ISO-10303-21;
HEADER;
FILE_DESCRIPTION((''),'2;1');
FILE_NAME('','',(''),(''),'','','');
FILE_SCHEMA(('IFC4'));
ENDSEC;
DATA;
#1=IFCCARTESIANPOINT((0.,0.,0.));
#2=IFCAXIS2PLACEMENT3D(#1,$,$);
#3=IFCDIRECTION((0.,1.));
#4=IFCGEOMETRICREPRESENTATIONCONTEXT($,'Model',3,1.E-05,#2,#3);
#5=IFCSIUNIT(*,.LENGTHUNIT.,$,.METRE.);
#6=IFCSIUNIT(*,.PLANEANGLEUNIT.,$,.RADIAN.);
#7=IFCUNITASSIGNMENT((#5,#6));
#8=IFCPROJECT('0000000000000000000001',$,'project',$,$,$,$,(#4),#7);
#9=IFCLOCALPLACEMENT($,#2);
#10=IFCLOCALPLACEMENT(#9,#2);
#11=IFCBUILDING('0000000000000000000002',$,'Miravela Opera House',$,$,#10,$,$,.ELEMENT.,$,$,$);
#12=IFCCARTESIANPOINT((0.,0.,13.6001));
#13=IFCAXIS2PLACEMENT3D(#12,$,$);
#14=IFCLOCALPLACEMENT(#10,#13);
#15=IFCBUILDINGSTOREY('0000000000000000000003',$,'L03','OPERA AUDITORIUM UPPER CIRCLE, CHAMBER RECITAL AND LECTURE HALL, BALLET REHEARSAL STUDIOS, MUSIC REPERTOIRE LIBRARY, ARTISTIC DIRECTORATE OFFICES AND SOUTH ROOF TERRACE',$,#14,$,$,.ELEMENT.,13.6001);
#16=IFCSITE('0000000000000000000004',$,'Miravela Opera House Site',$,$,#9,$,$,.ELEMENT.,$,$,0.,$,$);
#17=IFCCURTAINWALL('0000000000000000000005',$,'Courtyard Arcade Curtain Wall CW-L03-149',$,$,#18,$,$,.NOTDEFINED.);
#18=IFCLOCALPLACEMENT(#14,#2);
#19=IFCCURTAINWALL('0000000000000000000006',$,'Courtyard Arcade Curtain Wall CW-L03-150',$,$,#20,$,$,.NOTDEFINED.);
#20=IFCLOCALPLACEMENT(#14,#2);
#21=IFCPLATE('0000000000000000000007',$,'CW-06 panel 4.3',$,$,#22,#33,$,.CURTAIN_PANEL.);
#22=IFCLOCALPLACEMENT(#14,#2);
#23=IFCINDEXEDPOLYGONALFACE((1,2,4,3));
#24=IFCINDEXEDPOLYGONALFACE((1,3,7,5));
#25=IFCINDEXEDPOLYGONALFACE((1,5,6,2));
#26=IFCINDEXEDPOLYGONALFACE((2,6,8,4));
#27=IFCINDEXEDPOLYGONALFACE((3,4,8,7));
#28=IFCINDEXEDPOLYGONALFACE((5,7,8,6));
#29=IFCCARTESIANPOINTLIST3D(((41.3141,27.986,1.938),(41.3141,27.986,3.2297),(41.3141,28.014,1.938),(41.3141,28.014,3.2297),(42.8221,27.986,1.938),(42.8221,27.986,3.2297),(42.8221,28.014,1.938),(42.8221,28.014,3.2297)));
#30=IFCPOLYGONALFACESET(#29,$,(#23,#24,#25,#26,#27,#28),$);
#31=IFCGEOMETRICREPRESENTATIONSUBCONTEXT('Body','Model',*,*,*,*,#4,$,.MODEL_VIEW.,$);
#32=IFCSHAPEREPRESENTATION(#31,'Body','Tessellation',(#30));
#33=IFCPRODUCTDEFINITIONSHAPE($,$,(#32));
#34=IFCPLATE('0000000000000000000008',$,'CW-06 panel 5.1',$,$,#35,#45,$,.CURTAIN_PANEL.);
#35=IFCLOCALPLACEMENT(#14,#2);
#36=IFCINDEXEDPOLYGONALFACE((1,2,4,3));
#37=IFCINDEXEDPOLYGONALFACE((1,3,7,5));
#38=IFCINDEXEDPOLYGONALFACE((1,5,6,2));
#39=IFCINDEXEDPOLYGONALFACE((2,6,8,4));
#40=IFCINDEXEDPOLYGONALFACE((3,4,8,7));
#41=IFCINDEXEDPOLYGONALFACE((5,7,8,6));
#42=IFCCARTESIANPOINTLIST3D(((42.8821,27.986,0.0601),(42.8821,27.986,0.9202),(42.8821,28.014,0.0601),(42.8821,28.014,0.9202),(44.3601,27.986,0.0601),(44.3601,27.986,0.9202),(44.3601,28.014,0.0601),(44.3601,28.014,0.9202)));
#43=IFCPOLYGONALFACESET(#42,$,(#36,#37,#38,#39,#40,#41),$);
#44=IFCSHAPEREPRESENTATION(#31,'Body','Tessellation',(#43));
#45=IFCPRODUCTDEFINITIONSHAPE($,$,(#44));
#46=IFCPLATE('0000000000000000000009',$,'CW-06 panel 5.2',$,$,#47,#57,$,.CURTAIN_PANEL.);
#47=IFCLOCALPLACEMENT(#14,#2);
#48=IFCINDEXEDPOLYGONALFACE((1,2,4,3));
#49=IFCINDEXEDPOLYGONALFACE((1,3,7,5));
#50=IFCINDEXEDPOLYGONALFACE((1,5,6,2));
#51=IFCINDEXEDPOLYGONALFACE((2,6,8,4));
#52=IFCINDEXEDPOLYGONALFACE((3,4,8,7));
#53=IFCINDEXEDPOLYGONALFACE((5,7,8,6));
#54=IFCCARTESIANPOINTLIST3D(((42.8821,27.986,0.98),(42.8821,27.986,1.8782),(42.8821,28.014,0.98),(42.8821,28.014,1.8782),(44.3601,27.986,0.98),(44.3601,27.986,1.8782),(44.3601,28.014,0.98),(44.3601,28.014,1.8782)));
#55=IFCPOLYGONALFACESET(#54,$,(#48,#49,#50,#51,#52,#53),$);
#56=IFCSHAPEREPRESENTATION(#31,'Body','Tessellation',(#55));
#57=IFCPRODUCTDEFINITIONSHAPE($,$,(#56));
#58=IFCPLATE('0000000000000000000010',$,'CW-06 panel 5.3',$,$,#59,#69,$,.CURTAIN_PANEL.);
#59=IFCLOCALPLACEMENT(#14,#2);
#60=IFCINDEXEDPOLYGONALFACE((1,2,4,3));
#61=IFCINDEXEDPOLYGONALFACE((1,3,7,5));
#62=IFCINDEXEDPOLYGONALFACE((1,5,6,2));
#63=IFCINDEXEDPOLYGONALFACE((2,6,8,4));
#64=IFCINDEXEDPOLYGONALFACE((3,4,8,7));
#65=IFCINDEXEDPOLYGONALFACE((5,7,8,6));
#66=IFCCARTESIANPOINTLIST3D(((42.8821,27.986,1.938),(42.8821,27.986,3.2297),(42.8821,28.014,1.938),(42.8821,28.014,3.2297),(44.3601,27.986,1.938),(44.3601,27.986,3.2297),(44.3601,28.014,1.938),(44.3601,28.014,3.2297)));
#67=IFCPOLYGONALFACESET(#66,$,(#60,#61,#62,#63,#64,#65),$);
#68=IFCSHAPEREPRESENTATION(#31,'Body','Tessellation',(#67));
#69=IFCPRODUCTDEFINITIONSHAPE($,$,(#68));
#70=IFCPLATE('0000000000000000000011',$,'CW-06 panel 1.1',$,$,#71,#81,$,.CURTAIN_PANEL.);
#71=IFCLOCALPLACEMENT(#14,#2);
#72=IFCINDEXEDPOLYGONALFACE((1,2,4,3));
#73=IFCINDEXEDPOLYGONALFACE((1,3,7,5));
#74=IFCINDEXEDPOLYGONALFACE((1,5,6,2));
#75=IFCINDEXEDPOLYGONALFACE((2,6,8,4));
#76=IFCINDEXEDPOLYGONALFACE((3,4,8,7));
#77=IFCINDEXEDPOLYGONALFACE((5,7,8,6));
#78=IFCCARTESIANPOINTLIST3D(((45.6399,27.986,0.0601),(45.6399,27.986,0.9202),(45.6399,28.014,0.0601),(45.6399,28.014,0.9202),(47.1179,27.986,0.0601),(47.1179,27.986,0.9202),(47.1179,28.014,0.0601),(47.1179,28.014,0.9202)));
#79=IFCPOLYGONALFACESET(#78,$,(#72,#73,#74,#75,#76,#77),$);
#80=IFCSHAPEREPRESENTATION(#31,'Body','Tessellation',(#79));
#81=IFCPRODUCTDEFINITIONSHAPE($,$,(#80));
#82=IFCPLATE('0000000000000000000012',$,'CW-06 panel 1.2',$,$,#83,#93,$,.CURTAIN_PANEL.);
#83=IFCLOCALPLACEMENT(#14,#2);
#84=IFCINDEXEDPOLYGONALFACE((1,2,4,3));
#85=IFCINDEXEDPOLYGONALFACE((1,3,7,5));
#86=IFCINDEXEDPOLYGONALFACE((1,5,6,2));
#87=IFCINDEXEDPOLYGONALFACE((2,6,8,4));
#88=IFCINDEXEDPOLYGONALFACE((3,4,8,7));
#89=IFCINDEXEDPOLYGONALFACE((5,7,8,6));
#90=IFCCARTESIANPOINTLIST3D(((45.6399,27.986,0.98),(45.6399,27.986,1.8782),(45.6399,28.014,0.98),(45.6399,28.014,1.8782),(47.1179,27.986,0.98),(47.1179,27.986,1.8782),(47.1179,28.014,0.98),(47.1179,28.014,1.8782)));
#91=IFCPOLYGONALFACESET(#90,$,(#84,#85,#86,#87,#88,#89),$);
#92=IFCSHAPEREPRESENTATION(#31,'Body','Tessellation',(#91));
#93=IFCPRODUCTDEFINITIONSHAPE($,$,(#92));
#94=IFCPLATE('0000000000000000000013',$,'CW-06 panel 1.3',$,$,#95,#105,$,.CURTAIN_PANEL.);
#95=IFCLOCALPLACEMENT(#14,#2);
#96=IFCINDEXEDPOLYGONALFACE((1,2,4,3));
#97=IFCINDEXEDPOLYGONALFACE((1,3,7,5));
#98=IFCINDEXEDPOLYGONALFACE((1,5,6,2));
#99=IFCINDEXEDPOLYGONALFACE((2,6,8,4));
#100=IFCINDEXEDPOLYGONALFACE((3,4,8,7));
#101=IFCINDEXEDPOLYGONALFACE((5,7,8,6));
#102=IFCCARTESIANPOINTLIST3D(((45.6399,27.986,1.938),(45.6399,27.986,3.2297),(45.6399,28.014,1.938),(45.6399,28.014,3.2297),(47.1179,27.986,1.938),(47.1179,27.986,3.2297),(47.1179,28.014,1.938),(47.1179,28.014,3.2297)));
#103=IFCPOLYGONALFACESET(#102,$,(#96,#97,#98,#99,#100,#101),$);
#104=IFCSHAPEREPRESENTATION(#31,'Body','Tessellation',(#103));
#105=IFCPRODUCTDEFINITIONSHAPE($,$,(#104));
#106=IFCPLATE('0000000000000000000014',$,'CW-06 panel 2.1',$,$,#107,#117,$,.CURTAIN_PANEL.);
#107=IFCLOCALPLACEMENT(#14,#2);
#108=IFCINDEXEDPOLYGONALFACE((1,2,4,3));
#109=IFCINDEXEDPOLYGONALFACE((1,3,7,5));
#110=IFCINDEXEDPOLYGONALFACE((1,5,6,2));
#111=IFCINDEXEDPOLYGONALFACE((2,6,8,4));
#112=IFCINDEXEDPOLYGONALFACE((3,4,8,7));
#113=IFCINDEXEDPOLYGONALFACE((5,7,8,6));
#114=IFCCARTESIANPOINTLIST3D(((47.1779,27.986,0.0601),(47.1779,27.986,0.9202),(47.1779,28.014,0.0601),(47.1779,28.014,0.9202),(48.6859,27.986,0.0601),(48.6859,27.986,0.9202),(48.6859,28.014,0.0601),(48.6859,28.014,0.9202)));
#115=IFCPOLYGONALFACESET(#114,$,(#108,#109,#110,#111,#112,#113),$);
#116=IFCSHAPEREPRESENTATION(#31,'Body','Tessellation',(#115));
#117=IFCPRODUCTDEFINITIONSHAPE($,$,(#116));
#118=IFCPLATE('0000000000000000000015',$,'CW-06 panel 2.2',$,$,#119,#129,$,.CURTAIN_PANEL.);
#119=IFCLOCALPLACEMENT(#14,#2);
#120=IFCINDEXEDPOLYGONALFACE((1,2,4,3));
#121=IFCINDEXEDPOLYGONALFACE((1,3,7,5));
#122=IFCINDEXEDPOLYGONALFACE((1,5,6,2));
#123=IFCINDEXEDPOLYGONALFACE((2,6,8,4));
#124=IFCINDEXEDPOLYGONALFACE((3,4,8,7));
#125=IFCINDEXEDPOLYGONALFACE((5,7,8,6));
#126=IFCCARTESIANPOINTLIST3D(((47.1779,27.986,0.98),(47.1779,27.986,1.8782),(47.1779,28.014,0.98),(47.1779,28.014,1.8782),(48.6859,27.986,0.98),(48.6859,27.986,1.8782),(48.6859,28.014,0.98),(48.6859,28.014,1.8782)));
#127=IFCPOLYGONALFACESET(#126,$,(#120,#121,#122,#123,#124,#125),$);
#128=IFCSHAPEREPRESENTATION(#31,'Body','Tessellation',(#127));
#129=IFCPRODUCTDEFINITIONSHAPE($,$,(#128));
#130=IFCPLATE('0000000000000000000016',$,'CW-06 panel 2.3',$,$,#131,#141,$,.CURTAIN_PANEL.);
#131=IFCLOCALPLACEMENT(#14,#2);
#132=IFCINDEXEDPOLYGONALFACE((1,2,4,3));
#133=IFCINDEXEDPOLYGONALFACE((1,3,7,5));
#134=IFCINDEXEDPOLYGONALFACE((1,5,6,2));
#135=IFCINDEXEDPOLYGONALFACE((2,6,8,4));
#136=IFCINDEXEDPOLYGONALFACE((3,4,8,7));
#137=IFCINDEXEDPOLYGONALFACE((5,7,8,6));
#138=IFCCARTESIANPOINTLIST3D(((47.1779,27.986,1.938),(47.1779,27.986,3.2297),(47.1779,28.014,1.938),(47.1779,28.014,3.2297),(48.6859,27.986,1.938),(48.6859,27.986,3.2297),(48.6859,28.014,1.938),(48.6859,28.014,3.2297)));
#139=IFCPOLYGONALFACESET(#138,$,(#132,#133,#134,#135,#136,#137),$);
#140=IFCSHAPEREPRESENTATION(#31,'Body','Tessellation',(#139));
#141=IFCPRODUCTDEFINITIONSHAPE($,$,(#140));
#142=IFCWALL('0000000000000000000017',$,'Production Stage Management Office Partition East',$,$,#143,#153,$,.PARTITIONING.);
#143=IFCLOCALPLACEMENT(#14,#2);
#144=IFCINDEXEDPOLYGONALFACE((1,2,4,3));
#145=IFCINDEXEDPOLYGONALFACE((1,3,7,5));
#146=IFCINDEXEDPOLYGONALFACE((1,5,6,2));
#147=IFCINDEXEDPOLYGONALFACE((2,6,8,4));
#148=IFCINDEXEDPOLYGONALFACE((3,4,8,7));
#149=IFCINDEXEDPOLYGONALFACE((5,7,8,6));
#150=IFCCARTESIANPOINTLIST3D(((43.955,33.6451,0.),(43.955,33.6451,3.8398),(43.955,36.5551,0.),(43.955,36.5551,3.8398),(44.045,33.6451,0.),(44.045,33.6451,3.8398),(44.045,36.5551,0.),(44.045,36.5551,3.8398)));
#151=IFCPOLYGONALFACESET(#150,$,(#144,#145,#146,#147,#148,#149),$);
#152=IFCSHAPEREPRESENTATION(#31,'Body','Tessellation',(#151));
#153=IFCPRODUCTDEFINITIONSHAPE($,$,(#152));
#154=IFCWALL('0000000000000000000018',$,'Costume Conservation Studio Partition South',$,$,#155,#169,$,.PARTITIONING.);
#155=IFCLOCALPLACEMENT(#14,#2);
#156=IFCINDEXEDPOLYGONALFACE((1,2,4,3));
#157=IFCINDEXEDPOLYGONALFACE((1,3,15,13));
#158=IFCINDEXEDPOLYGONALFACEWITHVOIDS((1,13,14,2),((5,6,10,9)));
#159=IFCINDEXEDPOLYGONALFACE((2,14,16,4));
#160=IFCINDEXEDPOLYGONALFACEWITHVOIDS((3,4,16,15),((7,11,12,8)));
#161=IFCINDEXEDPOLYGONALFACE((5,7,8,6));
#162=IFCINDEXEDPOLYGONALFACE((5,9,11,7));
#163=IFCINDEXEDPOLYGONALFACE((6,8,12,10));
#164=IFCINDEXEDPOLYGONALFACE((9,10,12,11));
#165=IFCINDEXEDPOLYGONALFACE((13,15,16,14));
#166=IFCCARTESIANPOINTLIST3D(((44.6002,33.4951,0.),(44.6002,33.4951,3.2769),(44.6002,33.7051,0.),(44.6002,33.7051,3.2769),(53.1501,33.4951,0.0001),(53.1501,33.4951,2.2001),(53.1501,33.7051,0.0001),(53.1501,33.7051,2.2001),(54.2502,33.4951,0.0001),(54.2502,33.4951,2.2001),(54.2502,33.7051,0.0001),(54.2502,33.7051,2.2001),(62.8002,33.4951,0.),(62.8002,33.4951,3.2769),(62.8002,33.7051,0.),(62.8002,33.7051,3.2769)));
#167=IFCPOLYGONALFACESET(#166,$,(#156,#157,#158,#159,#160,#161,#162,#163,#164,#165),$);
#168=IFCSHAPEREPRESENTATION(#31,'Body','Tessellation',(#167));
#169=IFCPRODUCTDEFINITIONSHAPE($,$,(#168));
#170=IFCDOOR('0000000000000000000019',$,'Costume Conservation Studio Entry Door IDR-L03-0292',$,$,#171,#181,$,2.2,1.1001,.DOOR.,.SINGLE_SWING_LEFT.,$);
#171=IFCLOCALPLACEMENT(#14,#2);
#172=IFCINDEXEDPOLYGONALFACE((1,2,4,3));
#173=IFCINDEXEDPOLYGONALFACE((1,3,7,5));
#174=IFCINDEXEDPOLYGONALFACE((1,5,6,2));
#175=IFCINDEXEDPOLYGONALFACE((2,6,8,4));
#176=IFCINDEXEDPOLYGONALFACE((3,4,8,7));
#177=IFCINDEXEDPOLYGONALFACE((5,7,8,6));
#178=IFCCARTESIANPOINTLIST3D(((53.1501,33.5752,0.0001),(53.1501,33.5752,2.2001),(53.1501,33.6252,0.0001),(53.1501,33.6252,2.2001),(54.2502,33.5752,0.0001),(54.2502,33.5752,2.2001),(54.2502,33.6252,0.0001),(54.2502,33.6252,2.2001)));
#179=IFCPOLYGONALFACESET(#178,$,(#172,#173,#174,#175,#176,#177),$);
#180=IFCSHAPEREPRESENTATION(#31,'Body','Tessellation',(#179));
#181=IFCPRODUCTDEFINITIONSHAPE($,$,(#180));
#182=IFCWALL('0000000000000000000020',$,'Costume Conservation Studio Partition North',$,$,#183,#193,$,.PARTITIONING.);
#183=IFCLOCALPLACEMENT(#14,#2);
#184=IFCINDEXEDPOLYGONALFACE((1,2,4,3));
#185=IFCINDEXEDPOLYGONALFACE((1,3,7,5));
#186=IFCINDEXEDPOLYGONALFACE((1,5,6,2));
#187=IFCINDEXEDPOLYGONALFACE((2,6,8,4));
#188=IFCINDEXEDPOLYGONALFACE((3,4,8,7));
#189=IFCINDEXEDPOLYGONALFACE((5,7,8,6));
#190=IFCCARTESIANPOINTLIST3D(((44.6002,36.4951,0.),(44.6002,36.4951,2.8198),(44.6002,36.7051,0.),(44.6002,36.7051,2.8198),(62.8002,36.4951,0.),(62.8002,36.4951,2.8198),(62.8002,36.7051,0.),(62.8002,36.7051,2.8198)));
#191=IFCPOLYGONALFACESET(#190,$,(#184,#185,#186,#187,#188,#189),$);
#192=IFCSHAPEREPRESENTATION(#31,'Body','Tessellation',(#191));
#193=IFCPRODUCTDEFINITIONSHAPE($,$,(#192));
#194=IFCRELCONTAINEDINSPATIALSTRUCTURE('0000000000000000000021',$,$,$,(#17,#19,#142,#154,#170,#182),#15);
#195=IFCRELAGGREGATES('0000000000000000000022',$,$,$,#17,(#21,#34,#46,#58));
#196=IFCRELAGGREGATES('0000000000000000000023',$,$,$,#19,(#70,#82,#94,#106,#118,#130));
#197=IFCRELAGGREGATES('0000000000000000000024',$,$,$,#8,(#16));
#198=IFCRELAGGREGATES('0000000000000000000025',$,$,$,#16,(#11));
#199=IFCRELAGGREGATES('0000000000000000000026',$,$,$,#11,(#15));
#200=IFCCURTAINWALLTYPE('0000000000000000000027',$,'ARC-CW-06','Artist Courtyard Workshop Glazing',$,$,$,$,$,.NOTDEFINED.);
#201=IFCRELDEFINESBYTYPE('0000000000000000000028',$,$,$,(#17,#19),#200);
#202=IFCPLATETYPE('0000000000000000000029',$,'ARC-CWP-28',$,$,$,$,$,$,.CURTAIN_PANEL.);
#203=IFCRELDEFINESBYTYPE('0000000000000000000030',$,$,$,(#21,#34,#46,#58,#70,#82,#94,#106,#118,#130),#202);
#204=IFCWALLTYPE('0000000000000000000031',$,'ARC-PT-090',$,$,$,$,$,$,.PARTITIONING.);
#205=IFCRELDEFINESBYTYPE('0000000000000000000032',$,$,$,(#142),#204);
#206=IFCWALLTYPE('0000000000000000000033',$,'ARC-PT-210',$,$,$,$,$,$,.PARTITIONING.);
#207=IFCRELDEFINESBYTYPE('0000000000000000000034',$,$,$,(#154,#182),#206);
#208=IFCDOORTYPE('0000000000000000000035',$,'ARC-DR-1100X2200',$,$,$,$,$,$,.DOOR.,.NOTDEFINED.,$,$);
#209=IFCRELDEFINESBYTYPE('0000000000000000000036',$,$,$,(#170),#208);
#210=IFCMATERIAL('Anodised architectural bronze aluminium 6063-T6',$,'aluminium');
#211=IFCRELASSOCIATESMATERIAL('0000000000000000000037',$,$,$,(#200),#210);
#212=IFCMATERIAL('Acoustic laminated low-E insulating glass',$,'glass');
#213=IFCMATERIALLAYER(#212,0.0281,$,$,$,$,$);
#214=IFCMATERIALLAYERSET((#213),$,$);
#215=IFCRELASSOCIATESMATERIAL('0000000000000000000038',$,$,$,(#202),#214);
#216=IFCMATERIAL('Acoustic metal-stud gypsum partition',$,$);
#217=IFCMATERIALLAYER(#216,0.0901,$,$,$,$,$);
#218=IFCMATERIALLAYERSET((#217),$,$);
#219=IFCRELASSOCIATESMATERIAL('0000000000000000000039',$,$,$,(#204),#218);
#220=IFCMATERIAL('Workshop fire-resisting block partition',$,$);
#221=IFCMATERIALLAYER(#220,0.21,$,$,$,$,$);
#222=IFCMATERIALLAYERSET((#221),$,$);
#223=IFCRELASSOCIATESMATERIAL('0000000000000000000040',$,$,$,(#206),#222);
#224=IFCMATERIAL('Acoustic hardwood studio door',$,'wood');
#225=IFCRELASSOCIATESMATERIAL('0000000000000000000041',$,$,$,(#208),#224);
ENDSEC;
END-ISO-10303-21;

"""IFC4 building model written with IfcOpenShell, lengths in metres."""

from ifc_helpers import new_model, si_unit, direction, frame, frame_2d, origin, origin_2d, place, context, subcontext, project, spatial, rectangle, extrude, material, layer, layer_set, type_object, element, fill, aggregate, save


model = new_model("IFC4")

# Units and contexts
model_context = context("Model", 3, precision=1e-05, world=origin(), true_north=direction((0.0, 1.0)))
body_context = subcontext(model_context, "Body", "Model", "MODEL_VIEW")
ifc_project = project(units=[si_unit("LENGTHUNIT", "METRE"), si_unit("PLANEANGLEUNIT", "RADIAN")], contexts=[model_context])

# Site, building, storey
site_placement = place(None, origin())
site = spatial("IfcSite", under=ifc_project, at=site_placement, Name="Miravela Opera House Site", CompositionType="ELEMENT", RefElevation=0.0)
building_placement = place(site_placement, origin())
building = spatial("IfcBuilding", under=site, at=building_placement, Name="Miravela Opera House", CompositionType="ELEMENT")
storey_placement = place(building_placement, frame((0.0, 0.0, 13.6001)))
storey = spatial("IfcBuildingStorey", under=building, at=storey_placement, Name="L03", Description="OPERA AUDITORIUM UPPER CIRCLE, CHAMBER RECITAL AND LECTURE HALL, BALLET REHEARSAL STUDIOS, MUSIC REPERTOIRE LIBRARY, ARTISTIC DIRECTORATE OFFICES AND SOUTH ROOF TERRACE", CompositionType="ELEMENT", Elevation=13.6001)

# Curtain walls
ifc_material_1 = material(Name="Anodised architectural bronze aluminium 6063-T6", Category="aluminium")
curtain_wall_type = type_object("IfcCurtainWallType", Name="ARC-CW-06", Description="Artist Courtyard Workshop Glazing", PredefinedType="NOTDEFINED", material=ifc_material_1)
curtain_wall_1_placement = place(storey_placement, origin())
curtain_wall_1 = element("IfcCurtainWall", 1, at=curtain_wall_1_placement, inside=storey, type_object=curtain_wall_type, Name="Courtyard Arcade Curtain Wall CW-L03-149", PredefinedType="NOTDEFINED")
curtain_wall_2_placement = place(storey_placement, origin())
curtain_wall_2 = element("IfcCurtainWall", 2, at=curtain_wall_2_placement, inside=storey, type_object=curtain_wall_type, Name="Courtyard Arcade Curtain Wall CW-L03-150", PredefinedType="NOTDEFINED")

# Plates
ifc_material_2 = material(Name="Acoustic laminated low-E insulating glass", Category="glass")
ifc_layer_1 = layer(ifc_material_2, 0.0281)
ifc_layer_set_1 = layer_set([ifc_layer_1])
plate_type = type_object("IfcPlateType", Name="ARC-CWP-28", PredefinedType="CURTAIN_PANEL", material=ifc_layer_set_1)
plate_1_placement = place(storey_placement, frame((42.0681, 28.0, 1.938), z_axis=(0.0, 0.0, 1.0), x_axis=(1.0, 0.0, 0.0)))
plate_1 = element("IfcPlate", 3, at=plate_1_placement, type_object=plate_type, Name="CW-06 panel 4.3", PredefinedType="CURTAIN_PANEL", context=body_context, shape_type="SweptSolid", body=[
    extrude(rectangle(XDim=1.5081, YDim=0.0281, at=origin_2d()), origin(), (0.0, 0.0, 1.0), 1.2917),
])
plate_2_placement = place(storey_placement, frame((43.6211, 28.0, 0.0601), z_axis=(0.0, 0.0, 1.0), x_axis=(1.0, 0.0, 0.0)))
plate_2 = element("IfcPlate", 4, at=plate_2_placement, type_object=plate_type, Name="CW-06 panel 5.1", PredefinedType="CURTAIN_PANEL", context=body_context, shape_type="SweptSolid", body=[
    extrude(rectangle(XDim=1.478, YDim=0.0281, at=origin_2d()), origin(), (0.0, 0.0, 1.0), 0.8601),
])
plate_3_placement = place(storey_placement, frame((43.6211, 28.0, 0.98), z_axis=(0.0, 0.0, 1.0), x_axis=(1.0, 0.0, 0.0)))
plate_3 = element("IfcPlate", 5, at=plate_3_placement, type_object=plate_type, Name="CW-06 panel 5.2", PredefinedType="CURTAIN_PANEL", context=body_context, shape_type="SweptSolid", body=[
    extrude(rectangle(XDim=1.478, YDim=0.0281, at=origin_2d()), origin(), (0.0, 0.0, 1.0), 0.8982),
])
plate_4_placement = place(storey_placement, frame((43.6211, 28.0, 1.938), z_axis=(0.0, 0.0, 1.0), x_axis=(1.0, 0.0, 0.0)))
plate_4 = element("IfcPlate", 6, at=plate_4_placement, type_object=plate_type, Name="CW-06 panel 5.3", PredefinedType="CURTAIN_PANEL", context=body_context, shape_type="SweptSolid", body=[
    extrude(rectangle(XDim=1.478, YDim=0.0281, at=origin_2d()), origin(), (0.0, 0.0, 1.0), 1.2917),
])
aggregate(curtain_wall_1, [plate_1, plate_2, plate_3, plate_4])
plate_5_placement = place(storey_placement, frame((46.3789, 28.0, 0.0601), z_axis=(0.0, 0.0, 1.0), x_axis=(1.0, 0.0, 0.0)))
plate_5 = element("IfcPlate", 7, at=plate_5_placement, type_object=plate_type, Name="CW-06 panel 1.1", PredefinedType="CURTAIN_PANEL", context=body_context, shape_type="SweptSolid", body=[
    extrude(rectangle(XDim=1.478, YDim=0.0281, at=origin_2d()), origin(), (0.0, 0.0, 1.0), 0.8601),
])
plate_6_placement = place(storey_placement, frame((46.3789, 28.0, 0.98), z_axis=(0.0, 0.0, 1.0), x_axis=(1.0, 0.0, 0.0)))
plate_6 = element("IfcPlate", 8, at=plate_6_placement, type_object=plate_type, Name="CW-06 panel 1.2", PredefinedType="CURTAIN_PANEL", context=body_context, shape_type="SweptSolid", body=[
    extrude(rectangle(XDim=1.478, YDim=0.0281, at=origin_2d()), origin(), (0.0, 0.0, 1.0), 0.8982),
])
plate_7_placement = place(storey_placement, frame((46.3789, 28.0, 1.938), z_axis=(0.0, 0.0, 1.0), x_axis=(1.0, 0.0, 0.0)))
plate_7 = element("IfcPlate", 9, at=plate_7_placement, type_object=plate_type, Name="CW-06 panel 1.3", PredefinedType="CURTAIN_PANEL", context=body_context, shape_type="SweptSolid", body=[
    extrude(rectangle(XDim=1.478, YDim=0.0281, at=origin_2d()), origin(), (0.0, 0.0, 1.0), 1.2917),
])
plate_8_placement = place(storey_placement, frame((47.9319, 28.0, 0.0601), z_axis=(0.0, 0.0, 1.0), x_axis=(1.0, 0.0, 0.0)))
plate_8 = element("IfcPlate", 10, at=plate_8_placement, type_object=plate_type, Name="CW-06 panel 2.1", PredefinedType="CURTAIN_PANEL", context=body_context, shape_type="SweptSolid", body=[
    extrude(rectangle(XDim=1.5081, YDim=0.0281, at=origin_2d()), origin(), (0.0, 0.0, 1.0), 0.8601),
])
plate_9_placement = place(storey_placement, frame((47.9319, 28.0, 0.98), z_axis=(0.0, 0.0, 1.0), x_axis=(1.0, 0.0, 0.0)))
plate_9 = element("IfcPlate", 11, at=plate_9_placement, type_object=plate_type, Name="CW-06 panel 2.2", PredefinedType="CURTAIN_PANEL", context=body_context, shape_type="SweptSolid", body=[
    extrude(rectangle(XDim=1.5081, YDim=0.0281, at=origin_2d()), origin(), (0.0, 0.0, 1.0), 0.8982),
])
plate_10_placement = place(storey_placement, frame((47.9319, 28.0, 1.938), z_axis=(0.0, 0.0, 1.0), x_axis=(1.0, 0.0, 0.0)))
plate_10 = element("IfcPlate", 12, at=plate_10_placement, type_object=plate_type, Name="CW-06 panel 2.3", PredefinedType="CURTAIN_PANEL", context=body_context, shape_type="SweptSolid", body=[
    extrude(rectangle(XDim=1.5081, YDim=0.0281, at=origin_2d()), origin(), (0.0, 0.0, 1.0), 1.2917),
])
aggregate(curtain_wall_2, [plate_5, plate_6, plate_7, plate_8, plate_9, plate_10])

# Wall
ifc_material_3 = material(Name="Acoustic metal-stud gypsum partition")
ifc_layer_2 = layer(ifc_material_3, 0.0901)
ifc_layer_set_2 = layer_set([ifc_layer_2])
wall_type_1 = type_object("IfcWallType", Name="ARC-PT-090", PredefinedType="PARTITIONING", material=ifc_layer_set_2)
wall_1_placement = place(storey_placement, frame((44.0, 33.645, 0.0), z_axis=(0.0, 0.0, 1.0), x_axis=(0.0, 1.0, 0.0)))
element("IfcWall", 13, at=wall_1_placement, inside=storey, type_object=wall_type_1, Name="Production Stage Management Office Partition East", PredefinedType="PARTITIONING", context=body_context, shape_type="SweptSolid", body=[
    extrude(rectangle(XDim=2.9099, YDim=0.0901, at=frame_2d((1.4551, 0.0))), origin(), (0.0, 0.0, 1.0), 3.8398),
])

# Wall, opening, door
ifc_material_4 = material(Name="Workshop fire-resisting block partition")
ifc_layer_3 = layer(ifc_material_4, 0.21)
ifc_layer_set_3 = layer_set([ifc_layer_3])
wall_type_2 = type_object("IfcWallType", Name="ARC-PT-210", PredefinedType="PARTITIONING", material=ifc_layer_set_3)
wall_2_placement = place(storey_placement, frame((44.6001, 33.6001, 0.0), z_axis=(0.0, 0.0, 1.0), x_axis=(1.0, 0.0, 0.0)))
wall_2 = element("IfcWall", 14, at=wall_2_placement, inside=storey, type_object=wall_type_2, Name="Costume Conservation Studio Partition South", PredefinedType="PARTITIONING", context=body_context, shape_type="SweptSolid", body=[
    extrude(rectangle(XDim=18.2, YDim=0.21, at=frame_2d((9.1001, 0.0))), origin(), (0.0, 0.0, 1.0), 3.2769),
])
opening_placement = place(wall_2_placement, frame((8.55, 0.0, 0.0)))
opening = element("IfcOpeningElement", 15, at=opening_placement, cuts=wall_2, PredefinedType="OPENING", context=body_context, shape_type="SweptSolid", body=[
    extrude(rectangle(XDim=1.1001, YDim=2.2, at=frame_2d((0.55, 1.1001))), frame((0.0, 0.115, 0.0), z_axis=(0.0, -1.0, 0.0), x_axis=(1.0, 0.0, 0.0)), (0.0, 0.0, 1.0), 0.23),
])
ifc_material_5 = material(Name="Acoustic hardwood studio door", Category="wood")
door_type = type_object("IfcDoorType", Name="ARC-DR-1100X2200", OperationType="NOTDEFINED", PredefinedType="DOOR", material=ifc_material_5)
door_placement = place(opening_placement, frame((1.1001, 0.0, 0.0), z_axis=(0.0, 0.0, 1.0), x_axis=(-1.0, 0.0, 0.0)))
door = element("IfcDoor", 16, at=door_placement, inside=storey, type_object=door_type, Name="Costume Conservation Studio Entry Door IDR-L03-0292", OperationType="SINGLE_SWING_LEFT", OverallHeight=2.2, OverallWidth=1.1001, PredefinedType="DOOR", context=body_context, shape_type="SweptSolid", body=[
    extrude(rectangle(XDim=1.1001, YDim=2.2, at=frame_2d((0.55, 1.1001))), frame((0.0, 0.0249, 0.0), z_axis=(0.0, -1.0, 0.0), x_axis=(1.0, 0.0, 0.0)), (0.0, 0.0, 1.0), 0.05),
])
fill(opening, door)

# Wall
wall_3_placement = place(storey_placement, frame((44.6001, 36.6001, 0.0), z_axis=(0.0, 0.0, 1.0), x_axis=(1.0, 0.0, 0.0)))
element("IfcWall", 17, at=wall_3_placement, inside=storey, type_object=wall_type_2, Name="Costume Conservation Studio Partition North", PredefinedType="PARTITIONING", context=body_context, shape_type="SweptSolid", body=[
    extrude(rectangle(XDim=18.2, YDim=0.21, at=frame_2d((9.1001, 0.0))), origin(), (0.0, 0.0, 1.0), 2.8198),
])

save(model, "model.ifc")
